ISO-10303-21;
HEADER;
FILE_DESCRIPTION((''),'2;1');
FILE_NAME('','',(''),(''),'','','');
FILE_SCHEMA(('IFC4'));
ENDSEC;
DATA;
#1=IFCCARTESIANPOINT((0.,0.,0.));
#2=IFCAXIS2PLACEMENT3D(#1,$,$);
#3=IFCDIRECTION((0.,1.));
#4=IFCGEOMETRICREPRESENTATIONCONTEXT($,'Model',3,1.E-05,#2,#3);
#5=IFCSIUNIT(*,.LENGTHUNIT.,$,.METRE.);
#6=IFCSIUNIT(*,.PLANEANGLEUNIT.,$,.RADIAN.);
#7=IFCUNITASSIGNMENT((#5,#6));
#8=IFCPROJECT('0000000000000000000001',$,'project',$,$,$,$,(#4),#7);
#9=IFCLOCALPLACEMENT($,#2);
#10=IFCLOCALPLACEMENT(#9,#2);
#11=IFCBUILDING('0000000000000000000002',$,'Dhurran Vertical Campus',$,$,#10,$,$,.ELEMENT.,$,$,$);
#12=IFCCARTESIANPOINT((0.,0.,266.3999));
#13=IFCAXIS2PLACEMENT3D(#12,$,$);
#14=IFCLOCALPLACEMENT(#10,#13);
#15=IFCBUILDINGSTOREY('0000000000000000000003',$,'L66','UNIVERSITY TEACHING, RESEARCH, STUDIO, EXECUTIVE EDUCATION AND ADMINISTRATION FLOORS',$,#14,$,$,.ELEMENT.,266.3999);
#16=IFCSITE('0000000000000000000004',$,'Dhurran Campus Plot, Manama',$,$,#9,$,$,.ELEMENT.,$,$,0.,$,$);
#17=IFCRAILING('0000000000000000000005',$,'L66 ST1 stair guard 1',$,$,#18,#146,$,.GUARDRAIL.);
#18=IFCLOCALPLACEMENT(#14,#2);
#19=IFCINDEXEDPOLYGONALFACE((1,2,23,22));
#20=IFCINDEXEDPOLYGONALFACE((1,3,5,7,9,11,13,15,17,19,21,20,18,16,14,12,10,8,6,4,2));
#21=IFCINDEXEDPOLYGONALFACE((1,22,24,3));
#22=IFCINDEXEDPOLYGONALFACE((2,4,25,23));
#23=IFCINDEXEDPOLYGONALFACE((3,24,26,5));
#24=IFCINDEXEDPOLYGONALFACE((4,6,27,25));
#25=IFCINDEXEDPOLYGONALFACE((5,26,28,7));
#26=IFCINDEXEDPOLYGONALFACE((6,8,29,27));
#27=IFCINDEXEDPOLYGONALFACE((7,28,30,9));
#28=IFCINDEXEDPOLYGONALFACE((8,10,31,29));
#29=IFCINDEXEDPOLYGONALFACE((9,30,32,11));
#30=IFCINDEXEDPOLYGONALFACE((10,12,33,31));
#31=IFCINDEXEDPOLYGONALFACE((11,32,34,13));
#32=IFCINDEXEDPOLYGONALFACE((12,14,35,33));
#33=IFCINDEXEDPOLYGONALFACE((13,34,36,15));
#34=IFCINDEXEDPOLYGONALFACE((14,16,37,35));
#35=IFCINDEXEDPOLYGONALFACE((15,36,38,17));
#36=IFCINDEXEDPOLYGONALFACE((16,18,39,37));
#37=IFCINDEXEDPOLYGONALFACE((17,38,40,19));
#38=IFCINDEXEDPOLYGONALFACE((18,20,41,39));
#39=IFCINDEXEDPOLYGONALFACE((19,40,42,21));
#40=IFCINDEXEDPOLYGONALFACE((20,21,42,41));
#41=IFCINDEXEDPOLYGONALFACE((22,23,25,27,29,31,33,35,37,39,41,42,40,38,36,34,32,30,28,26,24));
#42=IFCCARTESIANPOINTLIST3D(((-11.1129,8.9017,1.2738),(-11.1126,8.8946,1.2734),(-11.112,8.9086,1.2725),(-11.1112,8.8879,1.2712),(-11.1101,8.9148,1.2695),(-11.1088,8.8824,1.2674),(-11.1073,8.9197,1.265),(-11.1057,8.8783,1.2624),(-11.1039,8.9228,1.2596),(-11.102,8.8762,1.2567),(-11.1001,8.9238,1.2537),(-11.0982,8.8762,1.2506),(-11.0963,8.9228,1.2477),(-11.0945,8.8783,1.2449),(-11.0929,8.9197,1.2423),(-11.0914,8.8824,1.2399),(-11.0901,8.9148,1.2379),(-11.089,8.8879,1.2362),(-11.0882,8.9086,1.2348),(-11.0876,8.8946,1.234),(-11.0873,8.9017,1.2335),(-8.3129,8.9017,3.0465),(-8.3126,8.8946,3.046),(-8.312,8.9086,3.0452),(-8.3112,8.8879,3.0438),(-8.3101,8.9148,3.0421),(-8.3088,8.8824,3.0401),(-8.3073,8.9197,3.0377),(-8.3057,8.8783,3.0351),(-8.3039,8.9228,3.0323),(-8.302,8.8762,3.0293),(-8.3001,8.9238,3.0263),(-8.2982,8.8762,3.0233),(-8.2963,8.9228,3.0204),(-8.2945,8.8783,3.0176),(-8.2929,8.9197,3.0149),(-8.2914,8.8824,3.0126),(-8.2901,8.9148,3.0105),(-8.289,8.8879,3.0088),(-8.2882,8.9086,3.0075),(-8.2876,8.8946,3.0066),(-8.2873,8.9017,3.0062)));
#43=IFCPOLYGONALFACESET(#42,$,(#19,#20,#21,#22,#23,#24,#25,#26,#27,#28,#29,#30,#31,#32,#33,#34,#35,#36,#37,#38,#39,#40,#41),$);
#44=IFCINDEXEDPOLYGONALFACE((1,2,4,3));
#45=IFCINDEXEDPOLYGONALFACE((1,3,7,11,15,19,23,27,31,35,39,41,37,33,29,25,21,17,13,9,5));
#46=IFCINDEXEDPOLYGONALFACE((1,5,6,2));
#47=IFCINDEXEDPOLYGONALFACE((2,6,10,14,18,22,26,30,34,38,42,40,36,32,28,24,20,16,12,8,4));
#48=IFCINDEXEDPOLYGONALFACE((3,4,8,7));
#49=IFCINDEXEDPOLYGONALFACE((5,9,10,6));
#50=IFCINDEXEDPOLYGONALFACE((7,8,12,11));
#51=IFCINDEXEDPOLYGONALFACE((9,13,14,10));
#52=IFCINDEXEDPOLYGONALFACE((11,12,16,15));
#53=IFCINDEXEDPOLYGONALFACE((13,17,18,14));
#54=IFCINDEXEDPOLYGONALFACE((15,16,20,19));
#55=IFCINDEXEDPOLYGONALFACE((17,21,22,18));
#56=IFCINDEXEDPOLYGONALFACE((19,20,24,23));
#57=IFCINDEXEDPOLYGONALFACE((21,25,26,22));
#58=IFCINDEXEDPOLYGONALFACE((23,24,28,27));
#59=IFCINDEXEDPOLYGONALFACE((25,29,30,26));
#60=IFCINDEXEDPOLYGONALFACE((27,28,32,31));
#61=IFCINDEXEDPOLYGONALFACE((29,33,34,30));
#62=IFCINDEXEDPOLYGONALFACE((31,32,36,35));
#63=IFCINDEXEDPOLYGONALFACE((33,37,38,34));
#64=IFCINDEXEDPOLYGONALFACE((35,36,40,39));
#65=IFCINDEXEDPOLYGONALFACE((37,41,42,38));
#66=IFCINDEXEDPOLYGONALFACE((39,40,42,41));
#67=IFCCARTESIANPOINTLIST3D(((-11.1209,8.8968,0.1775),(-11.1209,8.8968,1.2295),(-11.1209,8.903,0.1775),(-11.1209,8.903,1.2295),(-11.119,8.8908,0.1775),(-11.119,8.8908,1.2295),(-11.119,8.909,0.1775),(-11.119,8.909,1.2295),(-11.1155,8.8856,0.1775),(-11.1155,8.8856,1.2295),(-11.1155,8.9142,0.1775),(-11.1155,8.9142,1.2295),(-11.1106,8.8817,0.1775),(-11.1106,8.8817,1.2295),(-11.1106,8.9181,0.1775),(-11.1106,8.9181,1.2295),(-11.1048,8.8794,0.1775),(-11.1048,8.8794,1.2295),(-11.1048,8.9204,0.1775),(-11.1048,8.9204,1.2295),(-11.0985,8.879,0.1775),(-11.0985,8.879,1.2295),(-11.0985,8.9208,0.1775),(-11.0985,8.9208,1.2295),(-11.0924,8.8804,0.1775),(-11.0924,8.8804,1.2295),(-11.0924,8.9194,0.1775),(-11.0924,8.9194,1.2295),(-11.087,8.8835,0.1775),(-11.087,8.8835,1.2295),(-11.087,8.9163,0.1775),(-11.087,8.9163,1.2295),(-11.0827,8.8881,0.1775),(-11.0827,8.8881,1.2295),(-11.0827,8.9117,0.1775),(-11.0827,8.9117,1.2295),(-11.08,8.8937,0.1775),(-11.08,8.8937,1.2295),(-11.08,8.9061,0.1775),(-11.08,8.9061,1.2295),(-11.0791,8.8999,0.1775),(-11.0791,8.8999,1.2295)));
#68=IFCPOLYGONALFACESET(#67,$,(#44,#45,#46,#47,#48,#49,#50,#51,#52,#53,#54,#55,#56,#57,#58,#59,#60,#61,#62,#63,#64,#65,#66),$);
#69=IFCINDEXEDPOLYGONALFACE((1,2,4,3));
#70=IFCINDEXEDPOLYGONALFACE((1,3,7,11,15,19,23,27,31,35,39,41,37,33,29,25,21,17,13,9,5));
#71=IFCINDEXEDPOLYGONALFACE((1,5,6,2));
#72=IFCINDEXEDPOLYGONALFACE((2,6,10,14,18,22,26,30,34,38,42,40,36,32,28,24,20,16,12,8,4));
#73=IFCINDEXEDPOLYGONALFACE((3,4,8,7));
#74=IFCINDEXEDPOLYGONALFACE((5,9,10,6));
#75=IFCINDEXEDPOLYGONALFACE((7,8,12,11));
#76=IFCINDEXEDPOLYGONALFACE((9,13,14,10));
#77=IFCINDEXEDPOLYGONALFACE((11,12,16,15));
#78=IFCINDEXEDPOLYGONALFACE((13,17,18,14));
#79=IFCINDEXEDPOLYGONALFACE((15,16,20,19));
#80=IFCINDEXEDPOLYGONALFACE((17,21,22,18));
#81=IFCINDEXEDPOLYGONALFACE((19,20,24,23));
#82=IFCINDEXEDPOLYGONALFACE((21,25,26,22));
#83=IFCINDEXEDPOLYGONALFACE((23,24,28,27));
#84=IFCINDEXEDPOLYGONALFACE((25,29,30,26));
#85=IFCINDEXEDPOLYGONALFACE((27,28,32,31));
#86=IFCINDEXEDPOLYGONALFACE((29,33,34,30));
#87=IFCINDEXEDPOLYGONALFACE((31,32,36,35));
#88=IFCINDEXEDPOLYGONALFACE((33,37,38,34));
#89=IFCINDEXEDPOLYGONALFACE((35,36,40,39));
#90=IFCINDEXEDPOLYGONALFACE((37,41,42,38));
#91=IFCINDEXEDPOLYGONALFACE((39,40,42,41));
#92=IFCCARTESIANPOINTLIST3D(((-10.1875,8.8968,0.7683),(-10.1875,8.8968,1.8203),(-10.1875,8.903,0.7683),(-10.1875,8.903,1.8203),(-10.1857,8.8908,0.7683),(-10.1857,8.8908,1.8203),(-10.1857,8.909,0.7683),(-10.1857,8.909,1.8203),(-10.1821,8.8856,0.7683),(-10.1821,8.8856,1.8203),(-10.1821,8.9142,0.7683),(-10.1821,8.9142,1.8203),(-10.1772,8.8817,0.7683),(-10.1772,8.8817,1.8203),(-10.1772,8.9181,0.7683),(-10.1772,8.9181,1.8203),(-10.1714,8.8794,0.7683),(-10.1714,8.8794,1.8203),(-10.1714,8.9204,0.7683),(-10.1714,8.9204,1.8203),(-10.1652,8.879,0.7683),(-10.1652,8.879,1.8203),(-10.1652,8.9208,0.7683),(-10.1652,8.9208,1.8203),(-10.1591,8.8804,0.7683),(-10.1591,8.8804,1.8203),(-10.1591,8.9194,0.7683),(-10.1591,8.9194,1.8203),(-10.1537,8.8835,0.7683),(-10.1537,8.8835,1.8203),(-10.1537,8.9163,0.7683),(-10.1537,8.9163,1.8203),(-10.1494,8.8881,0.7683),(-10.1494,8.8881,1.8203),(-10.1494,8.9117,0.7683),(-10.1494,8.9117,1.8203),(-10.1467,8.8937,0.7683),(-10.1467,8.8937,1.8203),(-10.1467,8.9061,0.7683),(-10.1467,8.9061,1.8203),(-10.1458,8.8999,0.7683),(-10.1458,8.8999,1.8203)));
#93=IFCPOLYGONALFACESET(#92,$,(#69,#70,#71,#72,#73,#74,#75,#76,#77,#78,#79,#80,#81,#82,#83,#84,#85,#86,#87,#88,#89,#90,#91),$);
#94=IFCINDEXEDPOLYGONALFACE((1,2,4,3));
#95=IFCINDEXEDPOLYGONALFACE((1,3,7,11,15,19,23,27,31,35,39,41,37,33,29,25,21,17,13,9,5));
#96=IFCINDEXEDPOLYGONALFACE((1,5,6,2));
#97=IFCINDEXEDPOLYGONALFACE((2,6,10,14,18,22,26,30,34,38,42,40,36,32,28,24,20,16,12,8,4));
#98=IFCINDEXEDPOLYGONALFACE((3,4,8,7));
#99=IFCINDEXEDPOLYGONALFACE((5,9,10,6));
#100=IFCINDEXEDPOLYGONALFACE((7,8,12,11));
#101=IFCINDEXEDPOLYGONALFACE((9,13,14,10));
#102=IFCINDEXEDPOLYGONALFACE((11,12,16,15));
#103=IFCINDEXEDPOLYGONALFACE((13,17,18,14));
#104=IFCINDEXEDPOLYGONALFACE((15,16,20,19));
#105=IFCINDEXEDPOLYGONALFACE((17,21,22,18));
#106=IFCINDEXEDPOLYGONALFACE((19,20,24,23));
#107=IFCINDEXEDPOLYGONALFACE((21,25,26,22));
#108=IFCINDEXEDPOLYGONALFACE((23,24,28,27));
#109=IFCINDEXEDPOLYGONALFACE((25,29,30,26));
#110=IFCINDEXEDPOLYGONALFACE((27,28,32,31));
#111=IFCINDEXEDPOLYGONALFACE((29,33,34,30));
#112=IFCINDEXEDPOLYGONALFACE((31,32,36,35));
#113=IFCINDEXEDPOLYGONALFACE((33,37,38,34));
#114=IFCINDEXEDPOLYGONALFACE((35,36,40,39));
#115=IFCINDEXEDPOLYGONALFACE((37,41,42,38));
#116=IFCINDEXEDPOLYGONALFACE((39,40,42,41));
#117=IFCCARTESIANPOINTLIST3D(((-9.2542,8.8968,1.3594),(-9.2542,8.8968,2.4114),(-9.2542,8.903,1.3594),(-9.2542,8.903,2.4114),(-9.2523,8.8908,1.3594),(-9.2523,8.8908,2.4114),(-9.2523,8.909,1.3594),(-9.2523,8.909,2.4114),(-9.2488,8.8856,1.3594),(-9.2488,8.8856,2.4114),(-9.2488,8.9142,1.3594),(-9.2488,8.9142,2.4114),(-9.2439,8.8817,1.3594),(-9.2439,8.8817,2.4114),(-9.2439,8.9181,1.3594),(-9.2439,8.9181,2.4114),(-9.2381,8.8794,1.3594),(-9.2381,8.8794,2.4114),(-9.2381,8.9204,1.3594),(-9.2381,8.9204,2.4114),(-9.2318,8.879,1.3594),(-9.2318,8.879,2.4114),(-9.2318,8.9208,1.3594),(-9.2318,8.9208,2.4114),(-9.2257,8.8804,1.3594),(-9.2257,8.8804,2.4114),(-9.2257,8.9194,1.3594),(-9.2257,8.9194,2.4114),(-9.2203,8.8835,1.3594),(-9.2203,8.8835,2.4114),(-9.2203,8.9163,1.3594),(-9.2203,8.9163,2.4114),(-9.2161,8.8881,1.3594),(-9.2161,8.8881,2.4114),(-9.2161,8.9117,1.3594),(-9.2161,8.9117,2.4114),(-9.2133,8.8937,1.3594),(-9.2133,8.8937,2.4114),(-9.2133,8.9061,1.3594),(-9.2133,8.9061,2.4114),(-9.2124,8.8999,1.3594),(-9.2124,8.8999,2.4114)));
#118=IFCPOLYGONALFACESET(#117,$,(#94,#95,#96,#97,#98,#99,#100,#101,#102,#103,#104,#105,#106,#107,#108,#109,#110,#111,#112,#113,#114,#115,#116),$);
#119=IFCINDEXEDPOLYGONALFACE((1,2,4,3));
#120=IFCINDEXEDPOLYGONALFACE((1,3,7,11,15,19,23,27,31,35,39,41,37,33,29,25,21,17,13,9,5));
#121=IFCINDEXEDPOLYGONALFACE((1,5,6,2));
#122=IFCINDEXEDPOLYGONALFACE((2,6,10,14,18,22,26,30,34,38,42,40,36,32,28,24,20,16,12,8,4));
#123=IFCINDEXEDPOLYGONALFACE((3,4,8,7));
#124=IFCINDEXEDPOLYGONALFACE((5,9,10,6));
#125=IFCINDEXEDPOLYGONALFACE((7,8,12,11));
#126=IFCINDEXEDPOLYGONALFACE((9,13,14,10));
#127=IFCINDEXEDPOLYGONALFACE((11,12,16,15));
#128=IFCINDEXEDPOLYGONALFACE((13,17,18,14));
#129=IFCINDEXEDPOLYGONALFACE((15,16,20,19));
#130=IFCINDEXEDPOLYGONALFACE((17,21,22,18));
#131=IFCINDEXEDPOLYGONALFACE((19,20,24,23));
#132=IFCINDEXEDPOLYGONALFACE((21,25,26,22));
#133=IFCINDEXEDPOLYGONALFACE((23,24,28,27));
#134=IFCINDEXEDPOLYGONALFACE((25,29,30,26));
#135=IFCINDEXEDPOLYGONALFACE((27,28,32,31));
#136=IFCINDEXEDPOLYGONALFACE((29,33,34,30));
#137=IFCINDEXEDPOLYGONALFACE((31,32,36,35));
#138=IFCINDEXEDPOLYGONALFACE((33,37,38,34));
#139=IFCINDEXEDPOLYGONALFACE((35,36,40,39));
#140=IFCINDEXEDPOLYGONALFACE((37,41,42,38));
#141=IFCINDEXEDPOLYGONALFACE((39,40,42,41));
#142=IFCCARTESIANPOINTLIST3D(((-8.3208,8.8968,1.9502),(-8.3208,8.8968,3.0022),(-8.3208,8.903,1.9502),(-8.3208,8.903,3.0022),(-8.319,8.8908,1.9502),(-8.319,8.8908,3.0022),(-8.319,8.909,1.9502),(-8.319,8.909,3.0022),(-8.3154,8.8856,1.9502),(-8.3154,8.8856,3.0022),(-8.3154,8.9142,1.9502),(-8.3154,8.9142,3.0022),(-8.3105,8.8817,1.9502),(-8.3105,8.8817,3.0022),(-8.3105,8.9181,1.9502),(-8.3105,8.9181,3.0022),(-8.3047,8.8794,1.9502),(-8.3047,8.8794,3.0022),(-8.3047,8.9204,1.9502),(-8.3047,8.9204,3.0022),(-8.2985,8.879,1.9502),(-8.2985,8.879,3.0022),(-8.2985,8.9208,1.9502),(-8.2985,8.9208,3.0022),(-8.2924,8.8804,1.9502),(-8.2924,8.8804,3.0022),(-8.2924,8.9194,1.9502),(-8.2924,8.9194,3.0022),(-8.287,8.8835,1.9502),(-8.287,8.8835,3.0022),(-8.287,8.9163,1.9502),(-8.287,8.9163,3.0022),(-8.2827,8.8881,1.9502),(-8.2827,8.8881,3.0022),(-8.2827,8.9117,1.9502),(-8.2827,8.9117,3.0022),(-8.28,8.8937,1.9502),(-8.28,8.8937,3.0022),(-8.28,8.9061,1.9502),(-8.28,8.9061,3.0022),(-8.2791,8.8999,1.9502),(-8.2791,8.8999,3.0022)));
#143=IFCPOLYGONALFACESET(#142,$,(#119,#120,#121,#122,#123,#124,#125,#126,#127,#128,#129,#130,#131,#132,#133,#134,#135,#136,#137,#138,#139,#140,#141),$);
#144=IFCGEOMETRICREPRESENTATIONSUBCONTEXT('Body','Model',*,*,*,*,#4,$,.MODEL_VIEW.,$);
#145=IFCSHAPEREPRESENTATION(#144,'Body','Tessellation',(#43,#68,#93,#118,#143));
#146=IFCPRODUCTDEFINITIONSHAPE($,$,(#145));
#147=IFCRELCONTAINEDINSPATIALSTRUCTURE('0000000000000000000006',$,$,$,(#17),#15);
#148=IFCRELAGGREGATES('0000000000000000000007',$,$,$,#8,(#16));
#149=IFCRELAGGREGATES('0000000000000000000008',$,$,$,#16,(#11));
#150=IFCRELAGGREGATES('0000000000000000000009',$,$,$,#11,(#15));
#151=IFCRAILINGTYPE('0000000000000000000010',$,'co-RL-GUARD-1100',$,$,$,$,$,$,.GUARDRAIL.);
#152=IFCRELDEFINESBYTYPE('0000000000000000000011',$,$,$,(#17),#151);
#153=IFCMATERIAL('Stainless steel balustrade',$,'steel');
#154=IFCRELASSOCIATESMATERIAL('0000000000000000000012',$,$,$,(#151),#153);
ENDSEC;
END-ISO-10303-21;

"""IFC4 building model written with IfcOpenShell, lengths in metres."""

from ifc_helpers import new_model, si_unit, direction, frame, origin, origin_2d, place, context, subcontext, project, spatial, circle, extrude, material, type_object, element, save


model = new_model("IFC4")

# Units and contexts
model_context = context("Model", 3, precision=1e-05, world=origin(), true_north=direction((0.0, 1.0)))
body_context = subcontext(model_context, "Body", "Model", "MODEL_VIEW")
ifc_project = project(units=[si_unit("LENGTHUNIT", "METRE"), si_unit("PLANEANGLEUNIT", "RADIAN")], contexts=[model_context])

# Site, building, storey
site_placement = place(None, origin())
site = spatial("IfcSite", under=ifc_project, at=site_placement, Name="Dhurran Campus Plot, Manama", CompositionType="ELEMENT", RefElevation=0.0)
building_placement = place(site_placement, origin())
building = spatial("IfcBuilding", under=site, at=building_placement, Name="Dhurran Vertical Campus", CompositionType="ELEMENT")
storey_placement = place(building_placement, frame((0.0, 0.0, 266.3999)))
storey = spatial("IfcBuildingStorey", under=building, at=storey_placement, Name="L66", Description="UNIVERSITY TEACHING, RESEARCH, STUDIO, EXECUTIVE EDUCATION AND ADMINISTRATION FLOORS", CompositionType="ELEMENT", Elevation=266.3999)

# Railing
ifc_material_1 = material(Name="Stainless steel balustrade", Category="steel")
railing_type_1 = type_object("IfcRailingType", Name="co-RL-GUARD-1100", PredefinedType="GUARDRAIL", material=ifc_material_1)
railing_1_placement = place(storey_placement, frame((-11.1001, 8.8999, 0.1775)))
element("IfcRailing", 1, at=railing_1_placement, inside=storey, type_object=railing_type_1, Name="L66 ST1 stair guard 1", PredefinedType="GUARDRAIL", context=body_context, shape_type="SweptSolid", body=[
    extrude(circle(Radius=0.0239, at=origin_2d()), frame((0.0, 0.0, 1.0762), z_axis=(0.844909, 0.0, 0.53491), x_axis=(0.0, 1.0, 0.0)), (0.0, 0.0, 1.0), 3.314),
    extrude(circle(Radius=0.021, at=origin_2d()), origin(), (0.0, 0.0, 1.0), 1.052),
    extrude(circle(Radius=0.021, at=origin_2d()), frame((0.9333, 0.0, 0.5908)), (0.0, 0.0, 1.0), 1.052),
    extrude(circle(Radius=0.021, at=origin_2d()), frame((1.8667, 0.0, 1.1819)), (0.0, 0.0, 1.0), 1.052),
    extrude(circle(Radius=0.021, at=origin_2d()), frame((2.8, 0.0, 1.7727)), (0.0, 0.0, 1.0), 1.052),
])

save(model, "model.ifc")
